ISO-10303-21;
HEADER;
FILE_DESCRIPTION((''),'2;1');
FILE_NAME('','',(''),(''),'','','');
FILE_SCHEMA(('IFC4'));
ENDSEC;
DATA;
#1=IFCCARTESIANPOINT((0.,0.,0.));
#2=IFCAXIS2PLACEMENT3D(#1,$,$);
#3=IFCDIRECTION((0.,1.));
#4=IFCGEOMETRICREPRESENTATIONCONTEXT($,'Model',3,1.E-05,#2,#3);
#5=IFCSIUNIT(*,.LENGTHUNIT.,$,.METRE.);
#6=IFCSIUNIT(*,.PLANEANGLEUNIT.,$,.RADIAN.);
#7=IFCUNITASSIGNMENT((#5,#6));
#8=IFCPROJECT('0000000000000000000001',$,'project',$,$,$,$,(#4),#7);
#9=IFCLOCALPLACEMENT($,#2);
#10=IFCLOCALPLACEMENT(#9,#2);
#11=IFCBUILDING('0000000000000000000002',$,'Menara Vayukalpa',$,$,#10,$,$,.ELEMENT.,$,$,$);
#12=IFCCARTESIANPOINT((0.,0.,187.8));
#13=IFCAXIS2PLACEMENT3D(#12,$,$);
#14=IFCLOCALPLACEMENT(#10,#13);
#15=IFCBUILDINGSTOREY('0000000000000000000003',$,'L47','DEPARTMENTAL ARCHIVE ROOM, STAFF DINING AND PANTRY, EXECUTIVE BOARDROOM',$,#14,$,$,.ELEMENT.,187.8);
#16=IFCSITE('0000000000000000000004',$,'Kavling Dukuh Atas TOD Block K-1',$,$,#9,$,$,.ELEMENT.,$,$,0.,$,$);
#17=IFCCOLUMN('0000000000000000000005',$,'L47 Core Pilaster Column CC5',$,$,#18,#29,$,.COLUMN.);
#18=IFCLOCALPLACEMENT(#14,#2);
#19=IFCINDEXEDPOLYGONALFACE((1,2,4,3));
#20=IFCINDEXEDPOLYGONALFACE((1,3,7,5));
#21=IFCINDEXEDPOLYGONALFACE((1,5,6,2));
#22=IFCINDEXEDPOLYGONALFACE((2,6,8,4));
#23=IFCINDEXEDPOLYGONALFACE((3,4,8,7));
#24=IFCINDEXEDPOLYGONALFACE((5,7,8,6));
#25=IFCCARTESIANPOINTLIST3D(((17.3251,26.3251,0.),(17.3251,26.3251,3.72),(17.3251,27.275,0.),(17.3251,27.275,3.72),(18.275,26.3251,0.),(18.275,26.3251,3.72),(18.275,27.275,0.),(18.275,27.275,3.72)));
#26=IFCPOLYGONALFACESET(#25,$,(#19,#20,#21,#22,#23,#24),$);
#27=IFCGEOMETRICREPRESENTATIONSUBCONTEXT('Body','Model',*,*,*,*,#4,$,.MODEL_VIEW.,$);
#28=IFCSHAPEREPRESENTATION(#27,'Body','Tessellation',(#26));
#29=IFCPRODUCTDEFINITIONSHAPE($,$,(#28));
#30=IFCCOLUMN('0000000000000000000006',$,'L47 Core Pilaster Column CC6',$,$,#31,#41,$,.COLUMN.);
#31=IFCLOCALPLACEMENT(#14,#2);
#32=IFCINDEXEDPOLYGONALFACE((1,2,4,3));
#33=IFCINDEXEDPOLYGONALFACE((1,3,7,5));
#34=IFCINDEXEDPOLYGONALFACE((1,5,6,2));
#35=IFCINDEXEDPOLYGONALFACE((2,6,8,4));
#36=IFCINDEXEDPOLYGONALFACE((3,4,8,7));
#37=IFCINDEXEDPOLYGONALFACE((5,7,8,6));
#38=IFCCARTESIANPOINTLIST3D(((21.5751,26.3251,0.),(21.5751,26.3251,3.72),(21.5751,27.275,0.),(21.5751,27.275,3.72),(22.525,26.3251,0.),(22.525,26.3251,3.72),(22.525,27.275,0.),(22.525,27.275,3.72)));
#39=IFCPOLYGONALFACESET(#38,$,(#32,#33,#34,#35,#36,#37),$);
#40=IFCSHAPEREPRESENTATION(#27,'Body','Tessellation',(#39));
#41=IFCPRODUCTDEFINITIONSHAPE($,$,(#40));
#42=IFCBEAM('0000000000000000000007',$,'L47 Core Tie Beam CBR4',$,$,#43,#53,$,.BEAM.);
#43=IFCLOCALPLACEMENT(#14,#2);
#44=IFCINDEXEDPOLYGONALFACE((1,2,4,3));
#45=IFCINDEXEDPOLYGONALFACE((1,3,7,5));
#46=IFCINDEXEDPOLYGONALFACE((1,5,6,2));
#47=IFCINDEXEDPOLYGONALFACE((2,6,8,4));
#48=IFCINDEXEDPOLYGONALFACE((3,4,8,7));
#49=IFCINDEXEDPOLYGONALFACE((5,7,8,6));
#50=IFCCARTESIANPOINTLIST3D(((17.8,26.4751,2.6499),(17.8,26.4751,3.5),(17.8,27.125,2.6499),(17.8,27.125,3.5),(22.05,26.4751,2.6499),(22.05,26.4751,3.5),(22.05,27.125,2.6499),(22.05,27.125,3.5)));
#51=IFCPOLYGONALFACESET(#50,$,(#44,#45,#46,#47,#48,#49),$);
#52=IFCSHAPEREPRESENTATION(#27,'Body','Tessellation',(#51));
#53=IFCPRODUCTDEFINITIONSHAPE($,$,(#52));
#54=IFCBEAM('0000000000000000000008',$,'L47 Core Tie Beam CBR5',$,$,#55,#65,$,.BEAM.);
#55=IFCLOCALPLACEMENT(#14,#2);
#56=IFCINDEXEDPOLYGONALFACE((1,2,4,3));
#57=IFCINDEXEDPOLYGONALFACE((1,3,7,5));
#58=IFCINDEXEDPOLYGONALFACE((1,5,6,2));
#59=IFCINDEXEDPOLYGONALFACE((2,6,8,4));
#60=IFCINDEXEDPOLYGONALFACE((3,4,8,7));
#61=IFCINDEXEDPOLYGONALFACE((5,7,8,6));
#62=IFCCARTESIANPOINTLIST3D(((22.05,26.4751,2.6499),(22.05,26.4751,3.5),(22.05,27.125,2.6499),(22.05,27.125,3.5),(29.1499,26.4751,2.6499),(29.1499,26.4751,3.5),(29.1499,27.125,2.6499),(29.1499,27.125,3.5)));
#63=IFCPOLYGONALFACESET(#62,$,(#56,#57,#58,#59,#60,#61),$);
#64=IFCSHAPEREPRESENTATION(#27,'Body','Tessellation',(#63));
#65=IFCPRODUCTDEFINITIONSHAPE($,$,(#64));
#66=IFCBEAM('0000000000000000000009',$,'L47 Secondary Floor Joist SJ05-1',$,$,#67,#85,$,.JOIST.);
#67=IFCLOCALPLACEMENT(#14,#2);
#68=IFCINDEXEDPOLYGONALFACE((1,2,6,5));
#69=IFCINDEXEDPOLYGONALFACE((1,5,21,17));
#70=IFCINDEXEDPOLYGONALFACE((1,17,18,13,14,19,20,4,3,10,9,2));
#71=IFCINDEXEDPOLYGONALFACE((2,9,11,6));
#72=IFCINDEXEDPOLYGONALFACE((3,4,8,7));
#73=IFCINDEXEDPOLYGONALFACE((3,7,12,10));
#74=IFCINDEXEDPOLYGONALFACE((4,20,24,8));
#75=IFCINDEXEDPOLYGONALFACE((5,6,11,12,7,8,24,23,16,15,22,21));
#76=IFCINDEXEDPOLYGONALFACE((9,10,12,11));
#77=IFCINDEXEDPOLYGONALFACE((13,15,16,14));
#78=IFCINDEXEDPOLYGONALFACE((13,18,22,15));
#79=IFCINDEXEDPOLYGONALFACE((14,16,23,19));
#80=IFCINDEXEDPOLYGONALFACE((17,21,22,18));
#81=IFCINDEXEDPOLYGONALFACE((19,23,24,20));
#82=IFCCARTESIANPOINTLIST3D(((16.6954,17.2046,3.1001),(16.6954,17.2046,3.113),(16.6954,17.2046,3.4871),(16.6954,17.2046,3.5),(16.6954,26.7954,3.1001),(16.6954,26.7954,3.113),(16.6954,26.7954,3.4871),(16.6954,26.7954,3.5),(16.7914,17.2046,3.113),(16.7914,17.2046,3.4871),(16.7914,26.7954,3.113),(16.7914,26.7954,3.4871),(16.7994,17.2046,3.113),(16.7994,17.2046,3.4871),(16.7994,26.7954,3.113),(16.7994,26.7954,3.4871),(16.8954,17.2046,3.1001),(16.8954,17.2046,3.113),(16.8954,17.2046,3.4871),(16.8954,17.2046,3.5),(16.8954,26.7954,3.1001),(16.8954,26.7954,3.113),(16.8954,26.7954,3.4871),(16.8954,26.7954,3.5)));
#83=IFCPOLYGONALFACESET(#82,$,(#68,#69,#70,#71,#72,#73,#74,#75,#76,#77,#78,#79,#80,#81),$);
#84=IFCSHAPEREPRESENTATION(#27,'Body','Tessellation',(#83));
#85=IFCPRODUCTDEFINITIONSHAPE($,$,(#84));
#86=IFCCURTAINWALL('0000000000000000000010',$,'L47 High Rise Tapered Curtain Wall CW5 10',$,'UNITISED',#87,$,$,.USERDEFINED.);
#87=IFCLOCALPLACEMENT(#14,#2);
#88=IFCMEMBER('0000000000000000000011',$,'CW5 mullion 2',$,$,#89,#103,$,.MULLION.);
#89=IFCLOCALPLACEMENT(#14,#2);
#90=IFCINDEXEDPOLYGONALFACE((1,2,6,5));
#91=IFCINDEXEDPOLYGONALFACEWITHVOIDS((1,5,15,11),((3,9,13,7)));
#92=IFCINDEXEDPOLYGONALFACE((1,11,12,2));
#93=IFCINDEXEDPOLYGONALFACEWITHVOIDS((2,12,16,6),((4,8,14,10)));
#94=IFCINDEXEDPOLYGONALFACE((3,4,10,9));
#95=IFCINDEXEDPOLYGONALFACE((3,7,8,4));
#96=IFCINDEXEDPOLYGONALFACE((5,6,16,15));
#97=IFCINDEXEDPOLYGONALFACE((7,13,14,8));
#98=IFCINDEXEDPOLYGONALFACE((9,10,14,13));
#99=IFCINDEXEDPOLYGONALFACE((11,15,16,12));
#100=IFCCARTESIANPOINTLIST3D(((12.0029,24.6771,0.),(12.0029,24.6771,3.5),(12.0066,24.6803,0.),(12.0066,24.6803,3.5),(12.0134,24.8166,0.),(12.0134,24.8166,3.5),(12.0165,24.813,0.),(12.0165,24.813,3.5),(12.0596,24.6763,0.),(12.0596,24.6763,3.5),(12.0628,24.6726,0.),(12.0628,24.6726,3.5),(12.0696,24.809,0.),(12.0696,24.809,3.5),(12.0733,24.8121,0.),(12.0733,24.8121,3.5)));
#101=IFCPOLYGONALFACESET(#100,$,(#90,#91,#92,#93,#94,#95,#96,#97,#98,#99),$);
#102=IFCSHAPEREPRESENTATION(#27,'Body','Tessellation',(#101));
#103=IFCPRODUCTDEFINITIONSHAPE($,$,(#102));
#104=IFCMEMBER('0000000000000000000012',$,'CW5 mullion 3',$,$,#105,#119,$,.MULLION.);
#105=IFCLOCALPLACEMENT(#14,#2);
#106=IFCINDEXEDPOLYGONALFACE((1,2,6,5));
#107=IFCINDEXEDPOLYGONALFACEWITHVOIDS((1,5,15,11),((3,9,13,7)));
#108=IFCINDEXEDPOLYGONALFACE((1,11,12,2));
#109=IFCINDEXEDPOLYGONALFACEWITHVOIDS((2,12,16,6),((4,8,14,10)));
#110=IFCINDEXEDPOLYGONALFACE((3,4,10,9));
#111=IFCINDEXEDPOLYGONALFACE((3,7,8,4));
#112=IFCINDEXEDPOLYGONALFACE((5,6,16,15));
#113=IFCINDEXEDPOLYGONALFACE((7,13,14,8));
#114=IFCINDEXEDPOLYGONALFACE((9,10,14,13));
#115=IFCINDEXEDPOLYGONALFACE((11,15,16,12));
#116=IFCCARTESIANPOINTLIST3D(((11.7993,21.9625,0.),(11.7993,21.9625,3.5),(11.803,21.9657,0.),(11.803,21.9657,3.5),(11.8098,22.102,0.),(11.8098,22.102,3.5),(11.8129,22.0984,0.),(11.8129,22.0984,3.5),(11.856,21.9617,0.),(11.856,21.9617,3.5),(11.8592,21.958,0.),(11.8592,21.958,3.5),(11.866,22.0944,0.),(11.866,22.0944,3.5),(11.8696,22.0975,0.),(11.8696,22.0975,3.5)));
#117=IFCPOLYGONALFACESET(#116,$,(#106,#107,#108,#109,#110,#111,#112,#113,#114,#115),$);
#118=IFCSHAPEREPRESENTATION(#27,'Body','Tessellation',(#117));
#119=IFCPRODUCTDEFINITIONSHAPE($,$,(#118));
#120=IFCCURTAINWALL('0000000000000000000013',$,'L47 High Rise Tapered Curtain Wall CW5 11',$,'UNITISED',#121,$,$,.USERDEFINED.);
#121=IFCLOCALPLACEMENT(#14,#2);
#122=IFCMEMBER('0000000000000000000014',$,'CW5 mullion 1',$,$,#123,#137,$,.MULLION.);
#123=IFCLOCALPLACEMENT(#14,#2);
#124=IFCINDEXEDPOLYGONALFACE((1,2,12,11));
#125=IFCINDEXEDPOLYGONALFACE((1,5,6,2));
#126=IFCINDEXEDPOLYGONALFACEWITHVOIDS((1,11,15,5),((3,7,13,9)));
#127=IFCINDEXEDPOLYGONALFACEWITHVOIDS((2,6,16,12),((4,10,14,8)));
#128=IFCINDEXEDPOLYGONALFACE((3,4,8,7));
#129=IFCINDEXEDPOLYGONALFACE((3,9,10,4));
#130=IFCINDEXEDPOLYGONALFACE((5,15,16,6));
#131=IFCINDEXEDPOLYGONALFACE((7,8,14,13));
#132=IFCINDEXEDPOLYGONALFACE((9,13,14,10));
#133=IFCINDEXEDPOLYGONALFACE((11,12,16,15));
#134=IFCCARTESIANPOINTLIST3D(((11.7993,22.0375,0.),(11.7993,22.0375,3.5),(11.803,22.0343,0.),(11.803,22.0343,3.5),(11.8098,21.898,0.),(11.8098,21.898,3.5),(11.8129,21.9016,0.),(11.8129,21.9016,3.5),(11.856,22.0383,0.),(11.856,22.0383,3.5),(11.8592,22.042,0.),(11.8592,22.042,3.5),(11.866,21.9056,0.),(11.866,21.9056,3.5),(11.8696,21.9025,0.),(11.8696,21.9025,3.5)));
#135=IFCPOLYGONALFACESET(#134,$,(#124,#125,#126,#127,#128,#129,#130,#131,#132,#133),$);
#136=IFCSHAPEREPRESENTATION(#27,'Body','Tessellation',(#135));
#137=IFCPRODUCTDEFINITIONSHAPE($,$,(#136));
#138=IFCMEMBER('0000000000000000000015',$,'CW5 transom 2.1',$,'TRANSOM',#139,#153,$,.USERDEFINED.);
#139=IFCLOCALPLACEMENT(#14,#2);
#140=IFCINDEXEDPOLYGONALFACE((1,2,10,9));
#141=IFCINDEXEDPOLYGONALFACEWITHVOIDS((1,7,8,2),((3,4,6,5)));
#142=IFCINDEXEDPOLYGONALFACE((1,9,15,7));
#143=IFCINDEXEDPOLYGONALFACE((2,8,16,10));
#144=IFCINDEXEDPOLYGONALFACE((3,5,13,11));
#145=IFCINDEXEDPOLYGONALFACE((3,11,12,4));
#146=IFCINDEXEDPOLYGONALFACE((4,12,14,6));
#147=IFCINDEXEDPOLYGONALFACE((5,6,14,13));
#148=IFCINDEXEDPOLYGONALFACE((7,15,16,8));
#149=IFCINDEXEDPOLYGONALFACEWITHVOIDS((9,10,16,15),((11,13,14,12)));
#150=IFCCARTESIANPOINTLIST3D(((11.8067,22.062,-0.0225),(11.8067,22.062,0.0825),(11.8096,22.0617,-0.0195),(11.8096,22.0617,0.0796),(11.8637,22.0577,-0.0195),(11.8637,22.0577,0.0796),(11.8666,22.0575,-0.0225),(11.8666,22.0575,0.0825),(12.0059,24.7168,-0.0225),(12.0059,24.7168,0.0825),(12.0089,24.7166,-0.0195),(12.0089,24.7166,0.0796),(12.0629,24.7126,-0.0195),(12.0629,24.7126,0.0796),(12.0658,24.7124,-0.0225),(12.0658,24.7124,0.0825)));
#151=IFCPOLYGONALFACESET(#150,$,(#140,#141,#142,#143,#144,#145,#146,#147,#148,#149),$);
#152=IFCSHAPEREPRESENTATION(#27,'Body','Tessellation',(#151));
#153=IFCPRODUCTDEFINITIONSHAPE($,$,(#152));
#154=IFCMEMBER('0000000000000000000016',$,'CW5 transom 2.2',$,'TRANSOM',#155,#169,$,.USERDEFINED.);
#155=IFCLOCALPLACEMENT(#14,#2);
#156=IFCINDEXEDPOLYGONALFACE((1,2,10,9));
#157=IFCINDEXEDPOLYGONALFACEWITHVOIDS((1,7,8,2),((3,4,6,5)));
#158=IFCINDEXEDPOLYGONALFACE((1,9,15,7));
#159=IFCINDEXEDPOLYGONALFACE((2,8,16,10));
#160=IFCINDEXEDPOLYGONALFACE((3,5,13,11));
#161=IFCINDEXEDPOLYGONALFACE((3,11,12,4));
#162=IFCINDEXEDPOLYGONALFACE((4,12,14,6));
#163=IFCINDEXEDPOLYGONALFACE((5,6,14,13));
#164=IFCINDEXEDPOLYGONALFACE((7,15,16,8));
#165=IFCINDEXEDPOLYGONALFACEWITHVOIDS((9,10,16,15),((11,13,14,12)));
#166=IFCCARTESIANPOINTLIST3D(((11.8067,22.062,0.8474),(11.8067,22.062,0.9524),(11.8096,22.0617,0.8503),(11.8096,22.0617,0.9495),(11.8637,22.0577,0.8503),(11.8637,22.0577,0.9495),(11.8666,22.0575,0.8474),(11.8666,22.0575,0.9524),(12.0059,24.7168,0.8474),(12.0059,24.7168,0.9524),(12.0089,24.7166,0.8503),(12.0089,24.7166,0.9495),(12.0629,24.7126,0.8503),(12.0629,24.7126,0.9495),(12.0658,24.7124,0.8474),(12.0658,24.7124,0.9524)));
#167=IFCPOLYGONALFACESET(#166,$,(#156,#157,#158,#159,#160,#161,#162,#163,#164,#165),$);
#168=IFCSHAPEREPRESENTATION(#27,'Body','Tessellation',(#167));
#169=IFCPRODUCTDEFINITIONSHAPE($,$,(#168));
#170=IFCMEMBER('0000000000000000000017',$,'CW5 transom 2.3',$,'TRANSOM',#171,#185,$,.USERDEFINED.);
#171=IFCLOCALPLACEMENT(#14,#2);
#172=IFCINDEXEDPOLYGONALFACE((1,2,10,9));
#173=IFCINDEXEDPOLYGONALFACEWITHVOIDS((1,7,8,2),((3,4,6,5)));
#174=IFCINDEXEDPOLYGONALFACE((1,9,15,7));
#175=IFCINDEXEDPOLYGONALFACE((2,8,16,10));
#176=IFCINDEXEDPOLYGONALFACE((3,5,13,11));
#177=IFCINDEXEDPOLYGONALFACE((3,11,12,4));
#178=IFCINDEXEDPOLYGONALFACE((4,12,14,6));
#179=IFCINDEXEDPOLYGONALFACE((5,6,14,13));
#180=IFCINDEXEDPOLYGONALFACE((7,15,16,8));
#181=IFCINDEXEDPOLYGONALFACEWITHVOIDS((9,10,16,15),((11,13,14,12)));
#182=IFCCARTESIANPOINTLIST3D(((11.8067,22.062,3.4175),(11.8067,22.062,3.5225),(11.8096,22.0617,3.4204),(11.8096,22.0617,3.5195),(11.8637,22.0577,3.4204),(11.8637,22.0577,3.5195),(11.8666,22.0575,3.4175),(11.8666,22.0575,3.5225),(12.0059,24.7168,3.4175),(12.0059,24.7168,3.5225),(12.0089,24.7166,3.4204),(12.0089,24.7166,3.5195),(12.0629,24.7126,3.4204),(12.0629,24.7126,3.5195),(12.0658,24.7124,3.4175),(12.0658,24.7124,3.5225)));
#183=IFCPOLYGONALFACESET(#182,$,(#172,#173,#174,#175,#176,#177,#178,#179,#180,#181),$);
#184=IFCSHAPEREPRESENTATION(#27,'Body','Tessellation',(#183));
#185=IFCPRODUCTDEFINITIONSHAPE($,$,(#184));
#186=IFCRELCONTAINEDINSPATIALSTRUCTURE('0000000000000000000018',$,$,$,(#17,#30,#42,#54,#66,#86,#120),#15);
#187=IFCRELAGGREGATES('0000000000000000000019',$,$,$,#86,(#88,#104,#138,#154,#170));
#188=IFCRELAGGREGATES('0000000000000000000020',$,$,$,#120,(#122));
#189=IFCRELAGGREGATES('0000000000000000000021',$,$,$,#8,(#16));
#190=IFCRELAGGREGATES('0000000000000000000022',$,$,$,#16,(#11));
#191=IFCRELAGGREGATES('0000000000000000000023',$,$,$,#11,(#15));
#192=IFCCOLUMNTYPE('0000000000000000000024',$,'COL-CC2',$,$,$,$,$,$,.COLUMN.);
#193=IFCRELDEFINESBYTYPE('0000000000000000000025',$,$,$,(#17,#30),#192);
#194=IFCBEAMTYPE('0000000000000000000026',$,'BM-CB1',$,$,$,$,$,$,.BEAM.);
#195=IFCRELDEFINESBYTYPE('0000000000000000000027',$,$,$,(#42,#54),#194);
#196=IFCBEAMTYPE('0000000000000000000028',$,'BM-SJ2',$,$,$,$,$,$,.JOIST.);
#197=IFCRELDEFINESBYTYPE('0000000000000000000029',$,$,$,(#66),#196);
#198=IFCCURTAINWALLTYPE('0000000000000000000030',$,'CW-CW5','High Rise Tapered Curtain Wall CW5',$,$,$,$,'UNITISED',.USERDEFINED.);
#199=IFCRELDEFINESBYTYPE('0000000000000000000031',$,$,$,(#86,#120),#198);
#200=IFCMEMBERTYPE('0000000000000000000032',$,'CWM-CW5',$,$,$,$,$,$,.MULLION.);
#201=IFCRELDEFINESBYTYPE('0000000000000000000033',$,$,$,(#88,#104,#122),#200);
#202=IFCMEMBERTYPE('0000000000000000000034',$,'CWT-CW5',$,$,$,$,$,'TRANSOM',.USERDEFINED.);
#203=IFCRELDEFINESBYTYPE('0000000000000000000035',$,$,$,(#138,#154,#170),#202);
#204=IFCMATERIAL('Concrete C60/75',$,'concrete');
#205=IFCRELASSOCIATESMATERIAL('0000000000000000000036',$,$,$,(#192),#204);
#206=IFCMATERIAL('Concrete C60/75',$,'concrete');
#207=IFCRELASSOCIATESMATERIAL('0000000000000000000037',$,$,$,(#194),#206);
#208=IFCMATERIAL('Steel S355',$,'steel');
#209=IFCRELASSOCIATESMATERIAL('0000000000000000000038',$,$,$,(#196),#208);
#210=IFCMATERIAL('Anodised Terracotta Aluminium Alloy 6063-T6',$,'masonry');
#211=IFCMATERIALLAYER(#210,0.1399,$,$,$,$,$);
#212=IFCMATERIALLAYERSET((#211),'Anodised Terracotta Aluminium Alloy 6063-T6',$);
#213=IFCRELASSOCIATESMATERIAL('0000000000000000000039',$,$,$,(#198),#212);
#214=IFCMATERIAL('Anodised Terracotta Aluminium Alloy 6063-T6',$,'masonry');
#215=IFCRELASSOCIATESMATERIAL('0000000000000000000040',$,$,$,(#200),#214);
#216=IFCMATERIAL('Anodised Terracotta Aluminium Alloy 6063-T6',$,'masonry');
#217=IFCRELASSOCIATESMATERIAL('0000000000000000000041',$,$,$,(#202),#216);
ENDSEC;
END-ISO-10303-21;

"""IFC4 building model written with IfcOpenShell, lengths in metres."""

from ifc_helpers import new_model, si_unit, direction, frame, origin, origin_2d, place, context, subcontext, project, spatial, rectangle, hollow_rectangle, i_section, extrude, material, layer, layer_set, material_profile, profile_set, type_object, element, aggregate, save


model = new_model("IFC4")

# Units and contexts
model_context = context("Model", 3, precision=1e-05, world=origin(), true_north=direction((0.0, 1.0)))
body_context = subcontext(model_context, "Body", "Model", "MODEL_VIEW")
ifc_project = project(units=[si_unit("LENGTHUNIT", "METRE"), si_unit("PLANEANGLEUNIT", "RADIAN")], contexts=[model_context])

# Site, building, storey
site_placement = place(None, origin())
site = spatial("IfcSite", under=ifc_project, at=site_placement, Name="Kavling Dukuh Atas TOD Block K-1", CompositionType="ELEMENT", RefElevation=0.0)
building_placement = place(site_placement, origin())
building = spatial("IfcBuilding", under=site, at=building_placement, Name="Menara Vayukalpa", CompositionType="ELEMENT")
storey_placement = place(building_placement, frame((0.0, 0.0, 187.8)))
storey = spatial("IfcBuildingStorey", under=building, at=storey_placement, Name="L47", Description="DEPARTMENTAL ARCHIVE ROOM, STAFF DINING AND PANTRY, EXECUTIVE BOARDROOM", CompositionType="ELEMENT", Elevation=187.8)

# Columns
ifc_material_1 = material(Name="Concrete C60/75", Category="concrete")
ifc_material_profile_1 = material_profile(ifc_material_1, rectangle(XDim=0.95, YDim=0.95, at=origin_2d()), Name="RC 950x950")
ifc_profile_set_1 = profile_set([ifc_material_profile_1], Name="Concrete C60/75")
column_type = type_object("IfcColumnType", Name="COL-CC2", PredefinedType="COLUMN", material=ifc_profile_set_1)
for number, where, z_axis, x_axis, name in (
    (1, (17.8, 26.8, 0.0), (0.0, 0.0, 1.0), (1.0, 0.0, 0.0), "L47 Core Pilaster Column CC5"),
    (2, (22.05, 26.8, 0.0), (0.0, 0.0, 1.0), (1.0, 0.0, 0.0), "L47 Core Pilaster Column CC6"),
):
    element("IfcColumn", number, at=place(storey_placement, frame(where, z_axis=z_axis, x_axis=x_axis)), inside=storey, type_object=column_type, Name=name, PredefinedType="COLUMN", context=body_context, shape_type="SweptSolid", body=[
        extrude(rectangle(XDim=0.95, YDim=0.95, at=origin_2d()), origin(), (0.0, 0.0, 1.0), 3.72),
    ])

# Beams
ifc_material_2 = material(Name="Concrete C60/75", Category="concrete")
ifc_material_profile_2 = material_profile(ifc_material_2, rectangle(XDim=0.6499, YDim=0.8501, at=origin_2d()), Name="RC 650x850")
ifc_profile_set_2 = profile_set([ifc_material_profile_2], Name="Concrete C60/75")
beam_type_1 = type_object("IfcBeamType", Name="BM-CB1", PredefinedType="BEAM", material=ifc_profile_set_2)
beam_1_placement = place(storey_placement, frame((17.8, 26.8, 3.075), z_axis=(1.0, 0.0, 0.0), x_axis=(0.0, 1.0, 0.0)))
element("IfcBeam", 3, at=beam_1_placement, inside=storey, type_object=beam_type_1, Name="L47 Core Tie Beam CBR4", PredefinedType="BEAM", context=body_context, shape_type="SweptSolid", body=[
    extrude(rectangle(XDim=0.6499, YDim=0.8501, at=origin_2d()), origin(), (0.0, 0.0, 1.0), 4.25),
])
beam_2_placement = place(storey_placement, frame((22.05, 26.8, 3.075), z_axis=(1.0, 0.0, 0.0), x_axis=(0.0, 1.0, 0.0)))
element("IfcBeam", 4, at=beam_2_placement, inside=storey, type_object=beam_type_1, Name="L47 Core Tie Beam CBR5", PredefinedType="BEAM", context=body_context, shape_type="SweptSolid", body=[
    extrude(rectangle(XDim=0.6499, YDim=0.8501, at=origin_2d()), origin(), (0.0, 0.0, 1.0), 7.0999),
])
ifc_material_3 = material(Name="Steel S355", Category="steel")
ifc_material_profile_3 = material_profile(ifc_material_3, i_section(OverallWidth=0.2, OverallDepth=0.3999, WebThickness=0.0081, FlangeThickness=0.0129, at=origin_2d()), Name="WF 400x200x8x13")
ifc_profile_set_3 = profile_set([ifc_material_profile_3], Name="Steel S355")
beam_type_2 = type_object("IfcBeamType", Name="BM-SJ2", PredefinedType="JOIST", material=ifc_profile_set_3)
beam_3_placement = place(storey_placement, frame((16.7954, 26.7954, 3.3), z_axis=(0.0, -1.0, 0.0), x_axis=(1.0, 0.0, 0.0)))
element("IfcBeam", 5, at=beam_3_placement, inside=storey, type_object=beam_type_2, Name="L47 Secondary Floor Joist SJ05-1", PredefinedType="JOIST", context=body_context, shape_type="SweptSolid", body=[
    extrude(i_section(OverallWidth=0.2, OverallDepth=0.3999, WebThickness=0.0081, FlangeThickness=0.0129, at=origin_2d()), origin(), (0.0, 0.0, 1.0), 9.5908),
])

# Curtain wall, members
ifc_material_4 = material(Name="Anodised Terracotta Aluminium Alloy 6063-T6", Category="masonry")
ifc_layer_1 = layer(ifc_material_4, 0.1399)
ifc_layer_set_1 = layer_set([ifc_layer_1], Name="Anodised Terracotta Aluminium Alloy 6063-T6")
curtain_wall_type = type_object("IfcCurtainWallType", Name="CW-CW5", Description="High Rise Tapered Curtain Wall CW5", ElementType="UNITISED", PredefinedType="USERDEFINED", material=ifc_layer_set_1)
curtain_wall_1_placement = place(storey_placement, origin())
curtain_wall_1 = element("IfcCurtainWall", 6, at=curtain_wall_1_placement, inside=storey, type_object=curtain_wall_type, Name="L47 High Rise Tapered Curtain Wall CW5 10", ObjectType="UNITISED", PredefinedType="USERDEFINED")
ifc_material_5 = material(Name="Anodised Terracotta Aluminium Alloy 6063-T6", Category="masonry")
ifc_material_profile_4 = material_profile(ifc_material_5, hollow_rectangle(XDim=0.0601, YDim=0.1399, WallThickness=0.0034, at=origin_2d()), Name="ALU 60x140x3.5")
ifc_profile_set_4 = profile_set([ifc_material_profile_4], Name="Anodised Terracotta Aluminium Alloy 6063-T6")
member_type_1 = type_object("IfcMemberType", Name="CWM-CW5", PredefinedType="MULLION", material=ifc_profile_set_4)
member_1_placement = place(storey_placement, frame((12.0381, 24.7446, 0.0), z_axis=(0.0, 0.0, 1.0), x_axis=(0.997199, -0.074792, 0.0)))
member_1 = element("IfcMember", 7, at=member_1_placement, type_object=member_type_1, Name="CW5 mullion 2", PredefinedType="MULLION", context=body_context, shape_type="SweptSolid", body=[
    extrude(hollow_rectangle(XDim=0.0601, YDim=0.1399, WallThickness=0.0034, at=origin_2d()), origin(), (0.0, 0.0, 1.0), 3.5),
])
member_2_placement = place(storey_placement, frame((11.8345, 22.03, 0.0), z_axis=(0.0, 0.0, 1.0), x_axis=(0.997199, -0.074792, 0.0)))
member_2 = element("IfcMember", 8, at=member_2_placement, type_object=member_type_1, Name="CW5 mullion 3", PredefinedType="MULLION", context=body_context, shape_type="SweptSolid", body=[
    extrude(hollow_rectangle(XDim=0.0601, YDim=0.1399, WallThickness=0.0034, at=origin_2d()), origin(), (0.0, 0.0, 1.0), 3.5),
])

# Curtain wall, member
curtain_wall_2_placement = place(storey_placement, origin())
curtain_wall_2 = element("IfcCurtainWall", 9, at=curtain_wall_2_placement, inside=storey, type_object=curtain_wall_type, Name="L47 High Rise Tapered Curtain Wall CW5 11", ObjectType="UNITISED", PredefinedType="USERDEFINED")
member_3_placement = place(storey_placement, frame((11.8345, 21.97, 0.0), z_axis=(0.0, 0.0, 1.0), x_axis=(0.997199, 0.074792, 0.0)))
member_3 = element("IfcMember", 10, at=member_3_placement, type_object=member_type_1, Name="CW5 mullion 1", PredefinedType="MULLION", context=body_context, shape_type="SweptSolid", body=[
    extrude(hollow_rectangle(XDim=0.0601, YDim=0.1399, WallThickness=0.0034, at=origin_2d()), origin(), (0.0, 0.0, 1.0), 3.5),
])

# Members
ifc_material_6 = material(Name="Anodised Terracotta Aluminium Alloy 6063-T6", Category="masonry")
ifc_material_profile_5 = material_profile(ifc_material_6, hollow_rectangle(XDim=0.0601, YDim=0.105, WallThickness=0.0029, at=origin_2d()), Name="ALU 60x105x3")
ifc_profile_set_5 = profile_set([ifc_material_profile_5], Name="Anodised Terracotta Aluminium Alloy 6063-T6")
member_type_2 = type_object("IfcMemberType", Name="CWT-CW5", ElementType="TRANSOM", PredefinedType="USERDEFINED", material=ifc_profile_set_5)
member_4_placement = place(storey_placement, frame((12.0359, 24.7146, 0.03), z_axis=(-0.074831, -0.997196, 0.0), x_axis=(0.997196, -0.074831, 0.0)))
member_4 = element("IfcMember", 11, at=member_4_placement, type_object=member_type_2, Name="CW5 transom 2.1", ObjectType="TRANSOM", PredefinedType="USERDEFINED", context=body_context, shape_type="SweptSolid", body=[
    extrude(hollow_rectangle(XDim=0.0601, YDim=0.105, WallThickness=0.0029, at=origin_2d()), origin(), (0.0, 0.0, 1.0), 2.6624),
])
member_5_placement = place(storey_placement, frame((12.0359, 24.7146, 0.8999), z_axis=(-0.074831, -0.997196, 0.0), x_axis=(0.997196, -0.074831, 0.0)))
member_5 = element("IfcMember", 12, at=member_5_placement, type_object=member_type_2, Name="CW5 transom 2.2", ObjectType="TRANSOM", PredefinedType="USERDEFINED", context=body_context, shape_type="SweptSolid", body=[
    extrude(hollow_rectangle(XDim=0.0601, YDim=0.105, WallThickness=0.0029, at=origin_2d()), origin(), (0.0, 0.0, 1.0), 2.6624),
])
member_6_placement = place(storey_placement, frame((12.0359, 24.7146, 3.47), z_axis=(-0.074831, -0.997196, 0.0), x_axis=(0.997196, -0.074831, 0.0)))
member_6 = element("IfcMember", 13, at=member_6_placement, type_object=member_type_2, Name="CW5 transom 2.3", ObjectType="TRANSOM", PredefinedType="USERDEFINED", context=body_context, shape_type="SweptSolid", body=[
    extrude(hollow_rectangle(XDim=0.0601, YDim=0.105, WallThickness=0.0029, at=origin_2d()), origin(), (0.0, 0.0, 1.0), 2.6624),
])

aggregate(curtain_wall_1, [member_1, member_2, member_4, member_5, member_6])
aggregate(curtain_wall_2, [member_3])

save(model, "model.ifc")
